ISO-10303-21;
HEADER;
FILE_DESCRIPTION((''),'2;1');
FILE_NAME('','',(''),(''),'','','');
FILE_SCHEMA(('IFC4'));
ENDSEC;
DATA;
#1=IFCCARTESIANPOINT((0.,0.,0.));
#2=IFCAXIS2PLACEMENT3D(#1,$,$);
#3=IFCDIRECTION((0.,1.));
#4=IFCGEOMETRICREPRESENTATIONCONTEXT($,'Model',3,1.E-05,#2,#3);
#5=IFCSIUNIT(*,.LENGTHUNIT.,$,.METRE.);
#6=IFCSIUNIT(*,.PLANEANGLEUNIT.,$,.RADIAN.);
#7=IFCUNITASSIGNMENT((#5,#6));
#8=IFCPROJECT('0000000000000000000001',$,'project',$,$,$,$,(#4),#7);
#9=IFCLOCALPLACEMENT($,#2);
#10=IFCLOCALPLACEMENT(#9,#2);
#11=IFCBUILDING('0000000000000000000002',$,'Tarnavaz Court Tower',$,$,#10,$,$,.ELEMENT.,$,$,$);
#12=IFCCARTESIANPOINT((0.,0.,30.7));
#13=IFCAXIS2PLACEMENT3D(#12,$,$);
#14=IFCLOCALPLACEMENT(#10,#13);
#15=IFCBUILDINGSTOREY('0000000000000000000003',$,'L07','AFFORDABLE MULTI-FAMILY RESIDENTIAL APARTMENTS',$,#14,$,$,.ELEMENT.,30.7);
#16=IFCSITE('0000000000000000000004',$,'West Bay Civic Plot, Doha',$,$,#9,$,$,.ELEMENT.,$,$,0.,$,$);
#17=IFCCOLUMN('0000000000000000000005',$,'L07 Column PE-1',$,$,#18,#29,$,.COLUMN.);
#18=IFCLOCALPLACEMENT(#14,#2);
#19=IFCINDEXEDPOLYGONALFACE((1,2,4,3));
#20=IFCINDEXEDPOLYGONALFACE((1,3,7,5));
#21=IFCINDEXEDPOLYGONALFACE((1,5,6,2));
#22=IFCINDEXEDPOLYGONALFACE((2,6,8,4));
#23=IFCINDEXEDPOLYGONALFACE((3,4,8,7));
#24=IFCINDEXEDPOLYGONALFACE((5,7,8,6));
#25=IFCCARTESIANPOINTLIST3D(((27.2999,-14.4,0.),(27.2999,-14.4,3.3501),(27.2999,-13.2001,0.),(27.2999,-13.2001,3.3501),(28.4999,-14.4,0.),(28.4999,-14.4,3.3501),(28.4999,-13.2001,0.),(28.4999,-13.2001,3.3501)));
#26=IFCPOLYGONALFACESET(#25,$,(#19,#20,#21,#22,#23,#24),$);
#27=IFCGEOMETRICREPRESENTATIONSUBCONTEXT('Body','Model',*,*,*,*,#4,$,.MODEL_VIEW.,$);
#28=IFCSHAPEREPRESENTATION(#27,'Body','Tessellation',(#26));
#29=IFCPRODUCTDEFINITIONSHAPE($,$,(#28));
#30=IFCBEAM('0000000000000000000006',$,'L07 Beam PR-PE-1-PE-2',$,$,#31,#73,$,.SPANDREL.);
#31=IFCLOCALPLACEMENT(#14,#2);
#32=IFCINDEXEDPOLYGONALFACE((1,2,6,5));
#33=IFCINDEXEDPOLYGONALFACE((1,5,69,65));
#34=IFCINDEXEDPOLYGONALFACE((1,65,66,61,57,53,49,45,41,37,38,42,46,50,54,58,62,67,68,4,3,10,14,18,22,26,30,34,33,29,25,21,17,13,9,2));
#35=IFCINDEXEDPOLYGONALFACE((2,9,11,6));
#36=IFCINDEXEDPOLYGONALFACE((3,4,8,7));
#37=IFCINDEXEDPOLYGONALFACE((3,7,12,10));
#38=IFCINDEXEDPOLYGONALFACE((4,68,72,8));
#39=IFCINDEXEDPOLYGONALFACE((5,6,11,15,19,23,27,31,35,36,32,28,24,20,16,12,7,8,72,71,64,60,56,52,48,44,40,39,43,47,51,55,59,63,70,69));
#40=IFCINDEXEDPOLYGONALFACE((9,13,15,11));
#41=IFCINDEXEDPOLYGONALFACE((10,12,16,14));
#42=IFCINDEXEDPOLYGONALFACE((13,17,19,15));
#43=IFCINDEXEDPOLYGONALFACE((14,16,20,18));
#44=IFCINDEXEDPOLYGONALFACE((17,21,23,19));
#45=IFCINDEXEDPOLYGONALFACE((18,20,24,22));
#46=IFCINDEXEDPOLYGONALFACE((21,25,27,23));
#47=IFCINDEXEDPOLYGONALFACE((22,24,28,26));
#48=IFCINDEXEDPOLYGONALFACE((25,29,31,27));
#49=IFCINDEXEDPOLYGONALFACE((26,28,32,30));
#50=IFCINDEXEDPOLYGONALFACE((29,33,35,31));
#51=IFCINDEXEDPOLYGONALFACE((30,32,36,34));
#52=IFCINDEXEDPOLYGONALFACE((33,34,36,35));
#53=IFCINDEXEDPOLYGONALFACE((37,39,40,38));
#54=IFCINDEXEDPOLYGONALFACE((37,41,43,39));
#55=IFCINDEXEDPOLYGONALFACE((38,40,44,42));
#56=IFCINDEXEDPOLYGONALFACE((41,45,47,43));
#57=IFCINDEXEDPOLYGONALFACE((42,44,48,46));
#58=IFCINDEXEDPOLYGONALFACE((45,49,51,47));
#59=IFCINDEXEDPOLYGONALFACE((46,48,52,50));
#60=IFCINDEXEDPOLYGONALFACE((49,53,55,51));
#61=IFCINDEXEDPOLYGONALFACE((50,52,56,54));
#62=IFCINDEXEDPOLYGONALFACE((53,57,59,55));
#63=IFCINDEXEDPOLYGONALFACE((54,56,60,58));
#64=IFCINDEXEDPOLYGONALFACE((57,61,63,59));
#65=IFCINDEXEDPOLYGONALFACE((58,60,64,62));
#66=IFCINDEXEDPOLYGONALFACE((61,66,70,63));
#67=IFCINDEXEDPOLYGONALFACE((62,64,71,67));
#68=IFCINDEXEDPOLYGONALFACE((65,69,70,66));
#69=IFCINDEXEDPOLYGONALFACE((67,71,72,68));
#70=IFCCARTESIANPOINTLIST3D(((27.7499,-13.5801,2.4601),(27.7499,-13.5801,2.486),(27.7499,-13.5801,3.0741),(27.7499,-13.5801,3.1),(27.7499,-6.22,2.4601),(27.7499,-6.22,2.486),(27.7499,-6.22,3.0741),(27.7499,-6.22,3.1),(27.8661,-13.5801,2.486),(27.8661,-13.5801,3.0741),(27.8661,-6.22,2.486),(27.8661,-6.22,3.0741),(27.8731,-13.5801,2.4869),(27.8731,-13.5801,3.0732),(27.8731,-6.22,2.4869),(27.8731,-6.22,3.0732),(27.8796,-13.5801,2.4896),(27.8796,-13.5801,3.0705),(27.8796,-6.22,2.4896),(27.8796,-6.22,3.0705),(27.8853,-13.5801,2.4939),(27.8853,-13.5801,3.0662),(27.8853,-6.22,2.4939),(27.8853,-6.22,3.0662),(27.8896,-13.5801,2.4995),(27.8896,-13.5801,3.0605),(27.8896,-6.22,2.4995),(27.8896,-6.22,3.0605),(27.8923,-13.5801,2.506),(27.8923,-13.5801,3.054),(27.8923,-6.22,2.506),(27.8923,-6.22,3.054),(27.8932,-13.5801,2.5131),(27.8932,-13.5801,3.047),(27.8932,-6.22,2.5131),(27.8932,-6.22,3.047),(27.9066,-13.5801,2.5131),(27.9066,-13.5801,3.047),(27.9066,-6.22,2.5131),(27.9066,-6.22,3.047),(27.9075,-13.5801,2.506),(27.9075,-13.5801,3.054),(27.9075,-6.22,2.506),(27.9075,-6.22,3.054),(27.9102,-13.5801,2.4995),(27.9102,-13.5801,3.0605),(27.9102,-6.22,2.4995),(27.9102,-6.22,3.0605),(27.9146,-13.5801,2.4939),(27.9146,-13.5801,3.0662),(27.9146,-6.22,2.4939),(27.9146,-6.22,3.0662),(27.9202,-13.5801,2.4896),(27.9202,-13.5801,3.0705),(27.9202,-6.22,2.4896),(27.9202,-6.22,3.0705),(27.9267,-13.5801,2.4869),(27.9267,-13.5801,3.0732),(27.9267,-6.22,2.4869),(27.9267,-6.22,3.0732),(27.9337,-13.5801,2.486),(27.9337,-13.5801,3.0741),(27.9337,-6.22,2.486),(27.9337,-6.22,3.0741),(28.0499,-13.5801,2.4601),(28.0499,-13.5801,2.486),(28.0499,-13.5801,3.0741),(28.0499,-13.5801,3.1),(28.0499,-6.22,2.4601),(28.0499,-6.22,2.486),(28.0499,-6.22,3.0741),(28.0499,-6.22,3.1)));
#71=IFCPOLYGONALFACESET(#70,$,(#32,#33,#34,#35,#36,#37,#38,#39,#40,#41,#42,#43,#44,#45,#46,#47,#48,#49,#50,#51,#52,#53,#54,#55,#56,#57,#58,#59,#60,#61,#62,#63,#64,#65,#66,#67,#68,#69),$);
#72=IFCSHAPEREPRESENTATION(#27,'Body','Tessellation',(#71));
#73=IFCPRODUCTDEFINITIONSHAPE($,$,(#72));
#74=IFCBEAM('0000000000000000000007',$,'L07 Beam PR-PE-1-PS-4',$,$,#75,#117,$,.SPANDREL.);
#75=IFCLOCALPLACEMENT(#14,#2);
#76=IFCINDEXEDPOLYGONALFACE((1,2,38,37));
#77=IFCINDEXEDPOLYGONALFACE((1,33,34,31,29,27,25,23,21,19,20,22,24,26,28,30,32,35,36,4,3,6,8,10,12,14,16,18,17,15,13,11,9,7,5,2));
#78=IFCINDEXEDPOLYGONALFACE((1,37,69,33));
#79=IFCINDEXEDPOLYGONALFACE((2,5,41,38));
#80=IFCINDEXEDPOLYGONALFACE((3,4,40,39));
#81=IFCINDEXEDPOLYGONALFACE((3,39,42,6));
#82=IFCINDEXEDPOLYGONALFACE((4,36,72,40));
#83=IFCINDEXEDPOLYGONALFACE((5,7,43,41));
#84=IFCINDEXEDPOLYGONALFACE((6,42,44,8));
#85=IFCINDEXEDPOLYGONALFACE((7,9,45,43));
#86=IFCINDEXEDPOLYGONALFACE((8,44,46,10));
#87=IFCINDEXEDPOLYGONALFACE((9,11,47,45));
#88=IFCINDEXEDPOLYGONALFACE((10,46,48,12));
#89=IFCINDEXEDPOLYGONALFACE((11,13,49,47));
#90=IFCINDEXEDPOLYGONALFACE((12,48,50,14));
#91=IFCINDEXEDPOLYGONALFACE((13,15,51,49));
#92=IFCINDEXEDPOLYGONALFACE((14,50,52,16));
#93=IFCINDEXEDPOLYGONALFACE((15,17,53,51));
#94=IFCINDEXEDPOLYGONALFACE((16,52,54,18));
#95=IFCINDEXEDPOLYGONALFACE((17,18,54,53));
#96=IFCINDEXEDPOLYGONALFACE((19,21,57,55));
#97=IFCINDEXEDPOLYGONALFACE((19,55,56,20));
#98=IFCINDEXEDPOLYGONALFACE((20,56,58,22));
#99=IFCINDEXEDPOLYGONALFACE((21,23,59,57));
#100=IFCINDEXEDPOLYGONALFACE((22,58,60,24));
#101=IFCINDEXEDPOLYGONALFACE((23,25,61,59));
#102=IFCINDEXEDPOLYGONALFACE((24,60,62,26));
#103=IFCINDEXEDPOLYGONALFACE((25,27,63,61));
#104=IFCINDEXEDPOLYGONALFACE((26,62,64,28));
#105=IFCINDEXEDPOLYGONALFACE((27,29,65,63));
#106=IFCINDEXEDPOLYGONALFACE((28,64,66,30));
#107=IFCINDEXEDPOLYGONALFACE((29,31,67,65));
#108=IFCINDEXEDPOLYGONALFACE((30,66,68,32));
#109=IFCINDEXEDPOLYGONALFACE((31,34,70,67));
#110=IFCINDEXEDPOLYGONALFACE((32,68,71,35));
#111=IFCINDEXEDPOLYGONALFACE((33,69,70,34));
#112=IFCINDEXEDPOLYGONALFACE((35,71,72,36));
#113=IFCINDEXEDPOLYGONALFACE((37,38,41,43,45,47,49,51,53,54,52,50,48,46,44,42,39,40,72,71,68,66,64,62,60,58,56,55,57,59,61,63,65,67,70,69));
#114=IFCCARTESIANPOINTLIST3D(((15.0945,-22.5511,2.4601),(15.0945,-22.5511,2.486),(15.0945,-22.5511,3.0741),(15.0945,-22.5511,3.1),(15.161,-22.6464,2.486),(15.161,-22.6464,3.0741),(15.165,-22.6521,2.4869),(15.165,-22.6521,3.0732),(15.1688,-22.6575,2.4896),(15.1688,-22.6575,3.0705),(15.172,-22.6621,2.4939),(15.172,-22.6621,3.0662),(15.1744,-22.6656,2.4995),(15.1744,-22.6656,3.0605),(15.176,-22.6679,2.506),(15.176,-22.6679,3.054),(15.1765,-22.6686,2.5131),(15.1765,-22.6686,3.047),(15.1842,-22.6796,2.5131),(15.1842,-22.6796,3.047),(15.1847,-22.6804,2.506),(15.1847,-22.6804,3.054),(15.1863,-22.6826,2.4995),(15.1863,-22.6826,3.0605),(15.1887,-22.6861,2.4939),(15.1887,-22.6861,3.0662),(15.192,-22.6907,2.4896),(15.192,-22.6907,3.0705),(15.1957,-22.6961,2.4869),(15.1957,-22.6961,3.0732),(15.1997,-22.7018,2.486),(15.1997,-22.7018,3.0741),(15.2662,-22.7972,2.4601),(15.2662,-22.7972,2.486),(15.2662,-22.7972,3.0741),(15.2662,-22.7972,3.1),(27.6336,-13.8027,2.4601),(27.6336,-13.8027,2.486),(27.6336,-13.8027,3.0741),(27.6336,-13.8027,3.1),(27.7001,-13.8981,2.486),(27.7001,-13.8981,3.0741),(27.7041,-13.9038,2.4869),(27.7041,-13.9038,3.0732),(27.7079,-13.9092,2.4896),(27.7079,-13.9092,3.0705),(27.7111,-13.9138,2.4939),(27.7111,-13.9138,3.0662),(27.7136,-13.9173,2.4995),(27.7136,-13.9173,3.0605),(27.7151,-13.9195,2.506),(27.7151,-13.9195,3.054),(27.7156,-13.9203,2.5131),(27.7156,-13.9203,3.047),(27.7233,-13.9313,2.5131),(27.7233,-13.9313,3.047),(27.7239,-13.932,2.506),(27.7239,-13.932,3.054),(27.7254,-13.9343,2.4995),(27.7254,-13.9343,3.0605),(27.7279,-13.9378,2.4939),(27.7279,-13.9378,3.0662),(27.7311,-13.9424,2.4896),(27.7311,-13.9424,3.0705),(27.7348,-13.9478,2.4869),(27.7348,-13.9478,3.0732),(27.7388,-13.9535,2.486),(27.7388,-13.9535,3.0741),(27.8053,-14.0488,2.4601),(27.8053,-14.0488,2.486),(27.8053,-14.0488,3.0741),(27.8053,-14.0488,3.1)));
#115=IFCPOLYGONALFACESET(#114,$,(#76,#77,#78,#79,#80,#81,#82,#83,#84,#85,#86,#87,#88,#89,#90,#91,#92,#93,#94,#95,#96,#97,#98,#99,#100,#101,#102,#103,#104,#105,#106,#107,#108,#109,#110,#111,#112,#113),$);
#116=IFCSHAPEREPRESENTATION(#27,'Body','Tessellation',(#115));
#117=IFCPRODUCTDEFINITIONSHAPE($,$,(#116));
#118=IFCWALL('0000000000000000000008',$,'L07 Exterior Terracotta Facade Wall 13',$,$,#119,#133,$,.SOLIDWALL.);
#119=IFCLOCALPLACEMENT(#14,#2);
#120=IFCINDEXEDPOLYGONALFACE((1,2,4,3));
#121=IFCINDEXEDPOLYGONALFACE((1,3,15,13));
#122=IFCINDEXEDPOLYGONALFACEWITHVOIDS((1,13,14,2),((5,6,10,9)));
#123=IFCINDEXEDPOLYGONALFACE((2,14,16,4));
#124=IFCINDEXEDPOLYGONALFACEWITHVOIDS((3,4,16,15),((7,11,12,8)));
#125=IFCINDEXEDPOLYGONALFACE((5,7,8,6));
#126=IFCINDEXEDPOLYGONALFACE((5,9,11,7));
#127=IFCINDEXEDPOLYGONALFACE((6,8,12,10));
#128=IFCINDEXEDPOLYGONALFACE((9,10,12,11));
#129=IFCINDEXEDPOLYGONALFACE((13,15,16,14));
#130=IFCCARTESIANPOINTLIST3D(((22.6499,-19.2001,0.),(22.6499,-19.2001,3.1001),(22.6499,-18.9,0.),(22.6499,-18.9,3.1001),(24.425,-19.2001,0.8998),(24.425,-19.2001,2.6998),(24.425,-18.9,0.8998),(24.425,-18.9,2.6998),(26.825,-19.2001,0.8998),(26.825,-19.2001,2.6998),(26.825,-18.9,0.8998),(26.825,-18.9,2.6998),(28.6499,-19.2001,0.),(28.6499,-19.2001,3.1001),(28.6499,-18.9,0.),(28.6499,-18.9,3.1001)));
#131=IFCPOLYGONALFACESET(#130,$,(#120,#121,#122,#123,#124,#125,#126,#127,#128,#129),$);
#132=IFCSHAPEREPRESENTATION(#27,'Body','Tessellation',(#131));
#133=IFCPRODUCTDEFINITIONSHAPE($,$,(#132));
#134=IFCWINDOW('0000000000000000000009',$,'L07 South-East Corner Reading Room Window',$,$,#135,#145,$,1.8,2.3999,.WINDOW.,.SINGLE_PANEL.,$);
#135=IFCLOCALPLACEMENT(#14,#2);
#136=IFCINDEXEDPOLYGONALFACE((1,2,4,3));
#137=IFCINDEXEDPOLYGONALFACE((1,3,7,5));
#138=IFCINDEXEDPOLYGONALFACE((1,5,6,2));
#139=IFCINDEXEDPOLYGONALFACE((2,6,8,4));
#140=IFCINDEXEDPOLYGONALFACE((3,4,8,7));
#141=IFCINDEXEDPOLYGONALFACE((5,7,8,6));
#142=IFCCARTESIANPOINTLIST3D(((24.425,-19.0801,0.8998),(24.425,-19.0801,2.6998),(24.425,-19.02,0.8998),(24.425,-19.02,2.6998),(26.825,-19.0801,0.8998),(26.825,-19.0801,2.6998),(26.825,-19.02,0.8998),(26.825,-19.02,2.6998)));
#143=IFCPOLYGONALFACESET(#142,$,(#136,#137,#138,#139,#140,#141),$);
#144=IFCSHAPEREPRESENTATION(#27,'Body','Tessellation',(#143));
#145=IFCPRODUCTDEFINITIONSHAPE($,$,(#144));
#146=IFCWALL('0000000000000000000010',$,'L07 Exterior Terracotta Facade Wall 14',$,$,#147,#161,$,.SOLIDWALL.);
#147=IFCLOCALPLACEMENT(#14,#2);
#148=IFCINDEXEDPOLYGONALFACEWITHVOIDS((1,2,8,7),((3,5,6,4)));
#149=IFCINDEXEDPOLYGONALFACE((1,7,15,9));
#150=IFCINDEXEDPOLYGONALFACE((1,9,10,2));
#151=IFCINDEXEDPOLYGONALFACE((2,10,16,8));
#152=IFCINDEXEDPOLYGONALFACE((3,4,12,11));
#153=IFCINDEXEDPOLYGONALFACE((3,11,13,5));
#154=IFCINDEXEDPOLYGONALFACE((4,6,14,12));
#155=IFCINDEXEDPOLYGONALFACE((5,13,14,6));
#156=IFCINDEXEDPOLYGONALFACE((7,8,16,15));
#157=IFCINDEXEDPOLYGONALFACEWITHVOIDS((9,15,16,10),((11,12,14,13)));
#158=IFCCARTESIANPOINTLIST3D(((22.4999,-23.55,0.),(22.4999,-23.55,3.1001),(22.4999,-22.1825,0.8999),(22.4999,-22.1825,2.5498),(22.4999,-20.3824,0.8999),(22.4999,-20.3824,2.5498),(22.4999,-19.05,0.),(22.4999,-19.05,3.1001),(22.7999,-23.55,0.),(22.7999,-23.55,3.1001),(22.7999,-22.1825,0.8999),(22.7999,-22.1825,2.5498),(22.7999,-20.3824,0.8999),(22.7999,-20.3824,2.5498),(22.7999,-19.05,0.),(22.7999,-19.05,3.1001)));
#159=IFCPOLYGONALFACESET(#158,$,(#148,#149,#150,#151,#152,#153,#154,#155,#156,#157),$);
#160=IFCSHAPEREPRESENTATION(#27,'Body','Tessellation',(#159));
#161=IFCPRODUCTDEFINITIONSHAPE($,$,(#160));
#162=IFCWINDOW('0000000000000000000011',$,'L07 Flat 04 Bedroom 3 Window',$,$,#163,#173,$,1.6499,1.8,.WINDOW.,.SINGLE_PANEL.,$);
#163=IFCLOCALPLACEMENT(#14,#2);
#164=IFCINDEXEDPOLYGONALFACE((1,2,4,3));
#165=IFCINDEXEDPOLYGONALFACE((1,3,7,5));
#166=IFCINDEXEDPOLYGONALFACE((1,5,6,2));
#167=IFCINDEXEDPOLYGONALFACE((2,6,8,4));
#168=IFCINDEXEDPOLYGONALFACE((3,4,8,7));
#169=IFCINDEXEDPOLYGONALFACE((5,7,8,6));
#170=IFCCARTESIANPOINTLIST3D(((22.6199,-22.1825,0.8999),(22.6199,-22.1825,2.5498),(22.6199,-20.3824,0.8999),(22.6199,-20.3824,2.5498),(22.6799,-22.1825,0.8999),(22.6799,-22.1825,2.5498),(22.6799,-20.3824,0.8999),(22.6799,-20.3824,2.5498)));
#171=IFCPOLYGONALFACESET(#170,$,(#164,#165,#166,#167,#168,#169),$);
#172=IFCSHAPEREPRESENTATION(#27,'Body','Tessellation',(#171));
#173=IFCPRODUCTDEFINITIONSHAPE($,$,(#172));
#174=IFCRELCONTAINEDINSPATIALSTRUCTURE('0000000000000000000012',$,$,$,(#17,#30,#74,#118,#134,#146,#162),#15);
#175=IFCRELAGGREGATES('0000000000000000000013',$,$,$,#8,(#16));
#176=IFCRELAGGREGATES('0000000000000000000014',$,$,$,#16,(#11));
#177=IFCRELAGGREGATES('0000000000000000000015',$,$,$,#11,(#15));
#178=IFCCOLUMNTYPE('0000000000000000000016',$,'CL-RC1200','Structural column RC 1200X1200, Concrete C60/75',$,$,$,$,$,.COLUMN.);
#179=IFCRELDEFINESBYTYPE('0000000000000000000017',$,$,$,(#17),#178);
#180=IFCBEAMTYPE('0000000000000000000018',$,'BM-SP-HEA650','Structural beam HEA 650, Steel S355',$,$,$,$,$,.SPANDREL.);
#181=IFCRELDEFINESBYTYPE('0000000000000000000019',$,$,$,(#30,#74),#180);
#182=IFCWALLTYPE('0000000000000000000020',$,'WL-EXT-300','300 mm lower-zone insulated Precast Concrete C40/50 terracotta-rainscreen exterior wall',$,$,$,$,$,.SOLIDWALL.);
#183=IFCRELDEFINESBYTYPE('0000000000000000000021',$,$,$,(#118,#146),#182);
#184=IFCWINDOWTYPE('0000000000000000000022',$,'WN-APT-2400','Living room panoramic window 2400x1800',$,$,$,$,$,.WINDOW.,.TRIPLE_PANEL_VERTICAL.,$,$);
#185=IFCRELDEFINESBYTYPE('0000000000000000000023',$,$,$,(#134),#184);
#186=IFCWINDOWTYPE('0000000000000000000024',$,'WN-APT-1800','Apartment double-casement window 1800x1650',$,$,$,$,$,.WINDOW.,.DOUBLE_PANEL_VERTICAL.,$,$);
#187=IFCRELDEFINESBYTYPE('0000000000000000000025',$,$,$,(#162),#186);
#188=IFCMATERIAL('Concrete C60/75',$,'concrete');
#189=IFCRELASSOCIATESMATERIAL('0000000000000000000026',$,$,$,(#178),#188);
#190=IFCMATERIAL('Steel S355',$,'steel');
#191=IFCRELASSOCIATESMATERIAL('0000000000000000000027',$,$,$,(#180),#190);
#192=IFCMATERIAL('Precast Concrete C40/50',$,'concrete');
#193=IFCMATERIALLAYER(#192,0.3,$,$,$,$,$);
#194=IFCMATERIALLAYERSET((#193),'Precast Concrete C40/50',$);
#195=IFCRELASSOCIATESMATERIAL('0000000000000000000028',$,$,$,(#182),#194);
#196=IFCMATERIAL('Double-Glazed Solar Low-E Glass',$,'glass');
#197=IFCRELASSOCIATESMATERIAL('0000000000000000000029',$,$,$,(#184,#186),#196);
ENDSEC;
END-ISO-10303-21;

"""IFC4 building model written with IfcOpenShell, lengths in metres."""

from ifc_helpers import new_model, si_unit, direction, frame, frame_2d, origin, origin_2d, place, context, subcontext, project, spatial, rectangle, i_section, extrude, material, layer, layer_set, material_profile, profile_set, type_object, element, fill, save


model = new_model("IFC4")

# Units and contexts
model_context = context("Model", 3, precision=1e-05, world=origin(), true_north=direction((0.0, 1.0)))
body_context = subcontext(model_context, "Body", "Model", "MODEL_VIEW")
ifc_project = project(units=[si_unit("LENGTHUNIT", "METRE"), si_unit("PLANEANGLEUNIT", "RADIAN")], contexts=[model_context])

# Site, building, storey
site_placement = place(None, origin())
site = spatial("IfcSite", under=ifc_project, at=site_placement, Name="West Bay Civic Plot, Doha", CompositionType="ELEMENT", RefElevation=0.0)
building_placement = place(site_placement, origin())
building = spatial("IfcBuilding", under=site, at=building_placement, Name="Tarnavaz Court Tower", CompositionType="ELEMENT")
storey_placement = place(building_placement, frame((0.0, 0.0, 30.7)))
storey = spatial("IfcBuildingStorey", under=building, at=storey_placement, Name="L07", Description="AFFORDABLE MULTI-FAMILY RESIDENTIAL APARTMENTS", CompositionType="ELEMENT", Elevation=30.7)

# Column
ifc_material_1 = material(Name="Concrete C60/75", Category="concrete")
ifc_material_profile_1 = material_profile(ifc_material_1, rectangle(XDim=1.2, YDim=1.2, at=origin_2d()), Name="RC 1200X1200")
ifc_profile_set_1 = profile_set([ifc_material_profile_1], Name="Concrete C60/75")
column_type = type_object("IfcColumnType", Name="CL-RC1200", Description="Structural column RC 1200X1200, Concrete C60/75", PredefinedType="COLUMN", material=ifc_profile_set_1)
column_placement = place(storey_placement, frame((27.8999, -13.8, 0.0), z_axis=(0.0, 0.0, 1.0), x_axis=(1.0, 0.0, 0.0)))
element("IfcColumn", 1, at=column_placement, inside=storey, type_object=column_type, Name="L07 Column PE-1", PredefinedType="COLUMN", context=body_context, shape_type="SweptSolid", body=[
    extrude(rectangle(XDim=1.2, YDim=1.2, at=origin_2d()), origin(), (0.0, 0.0, 1.0), 3.3501),
])

# Beams
ifc_material_2 = material(Name="Steel S355", Category="steel")
ifc_material_profile_2 = material_profile(ifc_material_2, i_section(OverallWidth=0.3, OverallDepth=0.6399, WebThickness=0.0134, FlangeThickness=0.0259, FilletRadius=0.0271, at=origin_2d()), Name="HEA 650")
ifc_profile_set_2 = profile_set([ifc_material_profile_2], Name="Steel S355")
beam_type = type_object("IfcBeamType", Name="BM-SP-HEA650", Description="Structural beam HEA 650, Steel S355", PredefinedType="SPANDREL", material=ifc_profile_set_2)
beam_1_placement = place(storey_placement, frame((27.8999, -13.5801, 2.78), z_axis=(0.0, 1.0, 0.0), x_axis=(-1.0, 0.0, 0.0)))
element("IfcBeam", 2, at=beam_1_placement, inside=storey, type_object=beam_type, Name="L07 Beam PR-PE-1-PE-2", PredefinedType="SPANDREL", context=body_context, shape_type="SweptSolid", body=[
    extrude(i_section(OverallWidth=0.3, OverallDepth=0.6399, WebThickness=0.0134, FlangeThickness=0.0259, FilletRadius=0.0271, at=origin_2d()), origin(), (0.0, 0.0, 1.0), 7.3601),
])
beam_2_placement = place(storey_placement, frame((27.7195, -13.9258, 2.78), z_axis=(-0.820124, -0.572186, 0.0), x_axis=(0.572186, -0.820124, 0.0)))
element("IfcBeam", 3, at=beam_2_placement, inside=storey, type_object=beam_type, Name="L07 Beam PR-PE-1-PS-4", PredefinedType="SPANDREL", context=body_context, shape_type="SweptSolid", body=[
    extrude(i_section(OverallWidth=0.3, OverallDepth=0.6399, WebThickness=0.0134, FlangeThickness=0.0259, FilletRadius=0.0271, at=origin_2d()), origin(), (0.0, 0.0, 1.0), 15.2893),
])

# Walls, openings, windows
ifc_material_3 = material(Name="Precast Concrete C40/50", Category="concrete")
ifc_layer_1 = layer(ifc_material_3, 0.3)
ifc_layer_set_1 = layer_set([ifc_layer_1], Name="Precast Concrete C40/50")
wall_type_1 = type_object("IfcWallType", Name="WL-EXT-300", Description="300 mm lower-zone insulated Precast Concrete C40/50 terracotta-rainscreen exterior wall", PredefinedType="SOLIDWALL", material=ifc_layer_set_1)
wall_1_placement = place(storey_placement, frame((28.6499, -19.05, 0.0), z_axis=(0.0, 0.0, 1.0), x_axis=(-1.0, 0.0, 0.0)))
wall_1 = element("IfcWall", 4, at=wall_1_placement, inside=storey, type_object=wall_type_1, Name="L07 Exterior Terracotta Facade Wall 13", PredefinedType="SOLIDWALL", context=body_context, shape_type="SweptSolid", body=[
    extrude(rectangle(XDim=6.0, YDim=0.3, at=frame_2d((3.0, 0.0))), origin(), (0.0, 0.0, 1.0), 3.1001),
])
opening_1_placement = place(wall_1_placement, frame((1.825, 0.0, 0.8999)))
opening_1 = element("IfcOpeningElement", 5, at=opening_1_placement, cuts=wall_1, PredefinedType="OPENING", context=body_context, shape_type="SweptSolid", body=[
    extrude(rectangle(XDim=2.3999, YDim=1.8, at=frame_2d((1.2, 0.8999))), frame((0.0, 0.1599, 0.0), z_axis=(0.0, -1.0, 0.0), x_axis=(1.0, 0.0, 0.0)), (0.0, 0.0, 1.0), 0.3201),
])
ifc_material_4 = material(Name="Double-Glazed Solar Low-E Glass", Category="glass")
window_type_1 = type_object("IfcWindowType", Name="WN-APT-2400", Description="Living room panoramic window 2400x1800", PartitioningType="TRIPLE_PANEL_VERTICAL", PredefinedType="WINDOW", material=ifc_material_4)
window_1_placement = place(opening_1_placement, origin())
window_1 = element("IfcWindow", 6, at=window_1_placement, inside=storey, type_object=window_type_1, Name="L07 South-East Corner Reading Room Window", OverallHeight=1.8, OverallWidth=2.3999, PartitioningType="SINGLE_PANEL", PredefinedType="WINDOW", context=body_context, shape_type="SweptSolid", body=[
    extrude(rectangle(XDim=2.3999, YDim=1.8, at=frame_2d((1.2, 0.8999))), frame((0.0, 0.03, 0.0), z_axis=(0.0, -1.0, 0.0), x_axis=(1.0, 0.0, 0.0)), (0.0, 0.0, 1.0), 0.0601),
])
fill(opening_1, window_1)
wall_2_placement = place(storey_placement, frame((22.6499, -19.05, 0.0), z_axis=(0.0, 0.0, 1.0), x_axis=(0.0, -1.0, 0.0)))
wall_2 = element("IfcWall", 7, at=wall_2_placement, inside=storey, type_object=wall_type_1, Name="L07 Exterior Terracotta Facade Wall 14", PredefinedType="SOLIDWALL", context=body_context, shape_type="SweptSolid", body=[
    extrude(rectangle(XDim=4.5, YDim=0.3, at=frame_2d((2.25, 0.0))), origin(), (0.0, 0.0, 1.0), 3.1001),
])
opening_2_placement = place(wall_2_placement, frame((1.3325, 0.0, 0.8999)))
opening_2 = element("IfcOpeningElement", 8, at=opening_2_placement, cuts=wall_2, PredefinedType="OPENING", context=body_context, shape_type="SweptSolid", body=[
    extrude(rectangle(XDim=1.8, YDim=1.6499, at=frame_2d((0.8999, 0.825))), frame((0.0, 0.1599, 0.0), z_axis=(0.0, -1.0, 0.0), x_axis=(1.0, 0.0, 0.0)), (0.0, 0.0, 1.0), 0.3201),
])
window_type_2 = type_object("IfcWindowType", Name="WN-APT-1800", Description="Apartment double-casement window 1800x1650", PartitioningType="DOUBLE_PANEL_VERTICAL", PredefinedType="WINDOW", material=ifc_material_4)
window_2_placement = place(opening_2_placement, origin())
window_2 = element("IfcWindow", 9, at=window_2_placement, inside=storey, type_object=window_type_2, Name="L07 Flat 04 Bedroom 3 Window", OverallHeight=1.6499, OverallWidth=1.8, PartitioningType="SINGLE_PANEL", PredefinedType="WINDOW", context=body_context, shape_type="SweptSolid", body=[
    extrude(rectangle(XDim=1.8, YDim=1.6499, at=frame_2d((0.8999, 0.825))), frame((0.0, 0.03, 0.0), z_axis=(0.0, -1.0, 0.0), x_axis=(1.0, 0.0, 0.0)), (0.0, 0.0, 1.0), 0.0601),
])
fill(opening_2, window_2)

save(model, "model.ifc")
